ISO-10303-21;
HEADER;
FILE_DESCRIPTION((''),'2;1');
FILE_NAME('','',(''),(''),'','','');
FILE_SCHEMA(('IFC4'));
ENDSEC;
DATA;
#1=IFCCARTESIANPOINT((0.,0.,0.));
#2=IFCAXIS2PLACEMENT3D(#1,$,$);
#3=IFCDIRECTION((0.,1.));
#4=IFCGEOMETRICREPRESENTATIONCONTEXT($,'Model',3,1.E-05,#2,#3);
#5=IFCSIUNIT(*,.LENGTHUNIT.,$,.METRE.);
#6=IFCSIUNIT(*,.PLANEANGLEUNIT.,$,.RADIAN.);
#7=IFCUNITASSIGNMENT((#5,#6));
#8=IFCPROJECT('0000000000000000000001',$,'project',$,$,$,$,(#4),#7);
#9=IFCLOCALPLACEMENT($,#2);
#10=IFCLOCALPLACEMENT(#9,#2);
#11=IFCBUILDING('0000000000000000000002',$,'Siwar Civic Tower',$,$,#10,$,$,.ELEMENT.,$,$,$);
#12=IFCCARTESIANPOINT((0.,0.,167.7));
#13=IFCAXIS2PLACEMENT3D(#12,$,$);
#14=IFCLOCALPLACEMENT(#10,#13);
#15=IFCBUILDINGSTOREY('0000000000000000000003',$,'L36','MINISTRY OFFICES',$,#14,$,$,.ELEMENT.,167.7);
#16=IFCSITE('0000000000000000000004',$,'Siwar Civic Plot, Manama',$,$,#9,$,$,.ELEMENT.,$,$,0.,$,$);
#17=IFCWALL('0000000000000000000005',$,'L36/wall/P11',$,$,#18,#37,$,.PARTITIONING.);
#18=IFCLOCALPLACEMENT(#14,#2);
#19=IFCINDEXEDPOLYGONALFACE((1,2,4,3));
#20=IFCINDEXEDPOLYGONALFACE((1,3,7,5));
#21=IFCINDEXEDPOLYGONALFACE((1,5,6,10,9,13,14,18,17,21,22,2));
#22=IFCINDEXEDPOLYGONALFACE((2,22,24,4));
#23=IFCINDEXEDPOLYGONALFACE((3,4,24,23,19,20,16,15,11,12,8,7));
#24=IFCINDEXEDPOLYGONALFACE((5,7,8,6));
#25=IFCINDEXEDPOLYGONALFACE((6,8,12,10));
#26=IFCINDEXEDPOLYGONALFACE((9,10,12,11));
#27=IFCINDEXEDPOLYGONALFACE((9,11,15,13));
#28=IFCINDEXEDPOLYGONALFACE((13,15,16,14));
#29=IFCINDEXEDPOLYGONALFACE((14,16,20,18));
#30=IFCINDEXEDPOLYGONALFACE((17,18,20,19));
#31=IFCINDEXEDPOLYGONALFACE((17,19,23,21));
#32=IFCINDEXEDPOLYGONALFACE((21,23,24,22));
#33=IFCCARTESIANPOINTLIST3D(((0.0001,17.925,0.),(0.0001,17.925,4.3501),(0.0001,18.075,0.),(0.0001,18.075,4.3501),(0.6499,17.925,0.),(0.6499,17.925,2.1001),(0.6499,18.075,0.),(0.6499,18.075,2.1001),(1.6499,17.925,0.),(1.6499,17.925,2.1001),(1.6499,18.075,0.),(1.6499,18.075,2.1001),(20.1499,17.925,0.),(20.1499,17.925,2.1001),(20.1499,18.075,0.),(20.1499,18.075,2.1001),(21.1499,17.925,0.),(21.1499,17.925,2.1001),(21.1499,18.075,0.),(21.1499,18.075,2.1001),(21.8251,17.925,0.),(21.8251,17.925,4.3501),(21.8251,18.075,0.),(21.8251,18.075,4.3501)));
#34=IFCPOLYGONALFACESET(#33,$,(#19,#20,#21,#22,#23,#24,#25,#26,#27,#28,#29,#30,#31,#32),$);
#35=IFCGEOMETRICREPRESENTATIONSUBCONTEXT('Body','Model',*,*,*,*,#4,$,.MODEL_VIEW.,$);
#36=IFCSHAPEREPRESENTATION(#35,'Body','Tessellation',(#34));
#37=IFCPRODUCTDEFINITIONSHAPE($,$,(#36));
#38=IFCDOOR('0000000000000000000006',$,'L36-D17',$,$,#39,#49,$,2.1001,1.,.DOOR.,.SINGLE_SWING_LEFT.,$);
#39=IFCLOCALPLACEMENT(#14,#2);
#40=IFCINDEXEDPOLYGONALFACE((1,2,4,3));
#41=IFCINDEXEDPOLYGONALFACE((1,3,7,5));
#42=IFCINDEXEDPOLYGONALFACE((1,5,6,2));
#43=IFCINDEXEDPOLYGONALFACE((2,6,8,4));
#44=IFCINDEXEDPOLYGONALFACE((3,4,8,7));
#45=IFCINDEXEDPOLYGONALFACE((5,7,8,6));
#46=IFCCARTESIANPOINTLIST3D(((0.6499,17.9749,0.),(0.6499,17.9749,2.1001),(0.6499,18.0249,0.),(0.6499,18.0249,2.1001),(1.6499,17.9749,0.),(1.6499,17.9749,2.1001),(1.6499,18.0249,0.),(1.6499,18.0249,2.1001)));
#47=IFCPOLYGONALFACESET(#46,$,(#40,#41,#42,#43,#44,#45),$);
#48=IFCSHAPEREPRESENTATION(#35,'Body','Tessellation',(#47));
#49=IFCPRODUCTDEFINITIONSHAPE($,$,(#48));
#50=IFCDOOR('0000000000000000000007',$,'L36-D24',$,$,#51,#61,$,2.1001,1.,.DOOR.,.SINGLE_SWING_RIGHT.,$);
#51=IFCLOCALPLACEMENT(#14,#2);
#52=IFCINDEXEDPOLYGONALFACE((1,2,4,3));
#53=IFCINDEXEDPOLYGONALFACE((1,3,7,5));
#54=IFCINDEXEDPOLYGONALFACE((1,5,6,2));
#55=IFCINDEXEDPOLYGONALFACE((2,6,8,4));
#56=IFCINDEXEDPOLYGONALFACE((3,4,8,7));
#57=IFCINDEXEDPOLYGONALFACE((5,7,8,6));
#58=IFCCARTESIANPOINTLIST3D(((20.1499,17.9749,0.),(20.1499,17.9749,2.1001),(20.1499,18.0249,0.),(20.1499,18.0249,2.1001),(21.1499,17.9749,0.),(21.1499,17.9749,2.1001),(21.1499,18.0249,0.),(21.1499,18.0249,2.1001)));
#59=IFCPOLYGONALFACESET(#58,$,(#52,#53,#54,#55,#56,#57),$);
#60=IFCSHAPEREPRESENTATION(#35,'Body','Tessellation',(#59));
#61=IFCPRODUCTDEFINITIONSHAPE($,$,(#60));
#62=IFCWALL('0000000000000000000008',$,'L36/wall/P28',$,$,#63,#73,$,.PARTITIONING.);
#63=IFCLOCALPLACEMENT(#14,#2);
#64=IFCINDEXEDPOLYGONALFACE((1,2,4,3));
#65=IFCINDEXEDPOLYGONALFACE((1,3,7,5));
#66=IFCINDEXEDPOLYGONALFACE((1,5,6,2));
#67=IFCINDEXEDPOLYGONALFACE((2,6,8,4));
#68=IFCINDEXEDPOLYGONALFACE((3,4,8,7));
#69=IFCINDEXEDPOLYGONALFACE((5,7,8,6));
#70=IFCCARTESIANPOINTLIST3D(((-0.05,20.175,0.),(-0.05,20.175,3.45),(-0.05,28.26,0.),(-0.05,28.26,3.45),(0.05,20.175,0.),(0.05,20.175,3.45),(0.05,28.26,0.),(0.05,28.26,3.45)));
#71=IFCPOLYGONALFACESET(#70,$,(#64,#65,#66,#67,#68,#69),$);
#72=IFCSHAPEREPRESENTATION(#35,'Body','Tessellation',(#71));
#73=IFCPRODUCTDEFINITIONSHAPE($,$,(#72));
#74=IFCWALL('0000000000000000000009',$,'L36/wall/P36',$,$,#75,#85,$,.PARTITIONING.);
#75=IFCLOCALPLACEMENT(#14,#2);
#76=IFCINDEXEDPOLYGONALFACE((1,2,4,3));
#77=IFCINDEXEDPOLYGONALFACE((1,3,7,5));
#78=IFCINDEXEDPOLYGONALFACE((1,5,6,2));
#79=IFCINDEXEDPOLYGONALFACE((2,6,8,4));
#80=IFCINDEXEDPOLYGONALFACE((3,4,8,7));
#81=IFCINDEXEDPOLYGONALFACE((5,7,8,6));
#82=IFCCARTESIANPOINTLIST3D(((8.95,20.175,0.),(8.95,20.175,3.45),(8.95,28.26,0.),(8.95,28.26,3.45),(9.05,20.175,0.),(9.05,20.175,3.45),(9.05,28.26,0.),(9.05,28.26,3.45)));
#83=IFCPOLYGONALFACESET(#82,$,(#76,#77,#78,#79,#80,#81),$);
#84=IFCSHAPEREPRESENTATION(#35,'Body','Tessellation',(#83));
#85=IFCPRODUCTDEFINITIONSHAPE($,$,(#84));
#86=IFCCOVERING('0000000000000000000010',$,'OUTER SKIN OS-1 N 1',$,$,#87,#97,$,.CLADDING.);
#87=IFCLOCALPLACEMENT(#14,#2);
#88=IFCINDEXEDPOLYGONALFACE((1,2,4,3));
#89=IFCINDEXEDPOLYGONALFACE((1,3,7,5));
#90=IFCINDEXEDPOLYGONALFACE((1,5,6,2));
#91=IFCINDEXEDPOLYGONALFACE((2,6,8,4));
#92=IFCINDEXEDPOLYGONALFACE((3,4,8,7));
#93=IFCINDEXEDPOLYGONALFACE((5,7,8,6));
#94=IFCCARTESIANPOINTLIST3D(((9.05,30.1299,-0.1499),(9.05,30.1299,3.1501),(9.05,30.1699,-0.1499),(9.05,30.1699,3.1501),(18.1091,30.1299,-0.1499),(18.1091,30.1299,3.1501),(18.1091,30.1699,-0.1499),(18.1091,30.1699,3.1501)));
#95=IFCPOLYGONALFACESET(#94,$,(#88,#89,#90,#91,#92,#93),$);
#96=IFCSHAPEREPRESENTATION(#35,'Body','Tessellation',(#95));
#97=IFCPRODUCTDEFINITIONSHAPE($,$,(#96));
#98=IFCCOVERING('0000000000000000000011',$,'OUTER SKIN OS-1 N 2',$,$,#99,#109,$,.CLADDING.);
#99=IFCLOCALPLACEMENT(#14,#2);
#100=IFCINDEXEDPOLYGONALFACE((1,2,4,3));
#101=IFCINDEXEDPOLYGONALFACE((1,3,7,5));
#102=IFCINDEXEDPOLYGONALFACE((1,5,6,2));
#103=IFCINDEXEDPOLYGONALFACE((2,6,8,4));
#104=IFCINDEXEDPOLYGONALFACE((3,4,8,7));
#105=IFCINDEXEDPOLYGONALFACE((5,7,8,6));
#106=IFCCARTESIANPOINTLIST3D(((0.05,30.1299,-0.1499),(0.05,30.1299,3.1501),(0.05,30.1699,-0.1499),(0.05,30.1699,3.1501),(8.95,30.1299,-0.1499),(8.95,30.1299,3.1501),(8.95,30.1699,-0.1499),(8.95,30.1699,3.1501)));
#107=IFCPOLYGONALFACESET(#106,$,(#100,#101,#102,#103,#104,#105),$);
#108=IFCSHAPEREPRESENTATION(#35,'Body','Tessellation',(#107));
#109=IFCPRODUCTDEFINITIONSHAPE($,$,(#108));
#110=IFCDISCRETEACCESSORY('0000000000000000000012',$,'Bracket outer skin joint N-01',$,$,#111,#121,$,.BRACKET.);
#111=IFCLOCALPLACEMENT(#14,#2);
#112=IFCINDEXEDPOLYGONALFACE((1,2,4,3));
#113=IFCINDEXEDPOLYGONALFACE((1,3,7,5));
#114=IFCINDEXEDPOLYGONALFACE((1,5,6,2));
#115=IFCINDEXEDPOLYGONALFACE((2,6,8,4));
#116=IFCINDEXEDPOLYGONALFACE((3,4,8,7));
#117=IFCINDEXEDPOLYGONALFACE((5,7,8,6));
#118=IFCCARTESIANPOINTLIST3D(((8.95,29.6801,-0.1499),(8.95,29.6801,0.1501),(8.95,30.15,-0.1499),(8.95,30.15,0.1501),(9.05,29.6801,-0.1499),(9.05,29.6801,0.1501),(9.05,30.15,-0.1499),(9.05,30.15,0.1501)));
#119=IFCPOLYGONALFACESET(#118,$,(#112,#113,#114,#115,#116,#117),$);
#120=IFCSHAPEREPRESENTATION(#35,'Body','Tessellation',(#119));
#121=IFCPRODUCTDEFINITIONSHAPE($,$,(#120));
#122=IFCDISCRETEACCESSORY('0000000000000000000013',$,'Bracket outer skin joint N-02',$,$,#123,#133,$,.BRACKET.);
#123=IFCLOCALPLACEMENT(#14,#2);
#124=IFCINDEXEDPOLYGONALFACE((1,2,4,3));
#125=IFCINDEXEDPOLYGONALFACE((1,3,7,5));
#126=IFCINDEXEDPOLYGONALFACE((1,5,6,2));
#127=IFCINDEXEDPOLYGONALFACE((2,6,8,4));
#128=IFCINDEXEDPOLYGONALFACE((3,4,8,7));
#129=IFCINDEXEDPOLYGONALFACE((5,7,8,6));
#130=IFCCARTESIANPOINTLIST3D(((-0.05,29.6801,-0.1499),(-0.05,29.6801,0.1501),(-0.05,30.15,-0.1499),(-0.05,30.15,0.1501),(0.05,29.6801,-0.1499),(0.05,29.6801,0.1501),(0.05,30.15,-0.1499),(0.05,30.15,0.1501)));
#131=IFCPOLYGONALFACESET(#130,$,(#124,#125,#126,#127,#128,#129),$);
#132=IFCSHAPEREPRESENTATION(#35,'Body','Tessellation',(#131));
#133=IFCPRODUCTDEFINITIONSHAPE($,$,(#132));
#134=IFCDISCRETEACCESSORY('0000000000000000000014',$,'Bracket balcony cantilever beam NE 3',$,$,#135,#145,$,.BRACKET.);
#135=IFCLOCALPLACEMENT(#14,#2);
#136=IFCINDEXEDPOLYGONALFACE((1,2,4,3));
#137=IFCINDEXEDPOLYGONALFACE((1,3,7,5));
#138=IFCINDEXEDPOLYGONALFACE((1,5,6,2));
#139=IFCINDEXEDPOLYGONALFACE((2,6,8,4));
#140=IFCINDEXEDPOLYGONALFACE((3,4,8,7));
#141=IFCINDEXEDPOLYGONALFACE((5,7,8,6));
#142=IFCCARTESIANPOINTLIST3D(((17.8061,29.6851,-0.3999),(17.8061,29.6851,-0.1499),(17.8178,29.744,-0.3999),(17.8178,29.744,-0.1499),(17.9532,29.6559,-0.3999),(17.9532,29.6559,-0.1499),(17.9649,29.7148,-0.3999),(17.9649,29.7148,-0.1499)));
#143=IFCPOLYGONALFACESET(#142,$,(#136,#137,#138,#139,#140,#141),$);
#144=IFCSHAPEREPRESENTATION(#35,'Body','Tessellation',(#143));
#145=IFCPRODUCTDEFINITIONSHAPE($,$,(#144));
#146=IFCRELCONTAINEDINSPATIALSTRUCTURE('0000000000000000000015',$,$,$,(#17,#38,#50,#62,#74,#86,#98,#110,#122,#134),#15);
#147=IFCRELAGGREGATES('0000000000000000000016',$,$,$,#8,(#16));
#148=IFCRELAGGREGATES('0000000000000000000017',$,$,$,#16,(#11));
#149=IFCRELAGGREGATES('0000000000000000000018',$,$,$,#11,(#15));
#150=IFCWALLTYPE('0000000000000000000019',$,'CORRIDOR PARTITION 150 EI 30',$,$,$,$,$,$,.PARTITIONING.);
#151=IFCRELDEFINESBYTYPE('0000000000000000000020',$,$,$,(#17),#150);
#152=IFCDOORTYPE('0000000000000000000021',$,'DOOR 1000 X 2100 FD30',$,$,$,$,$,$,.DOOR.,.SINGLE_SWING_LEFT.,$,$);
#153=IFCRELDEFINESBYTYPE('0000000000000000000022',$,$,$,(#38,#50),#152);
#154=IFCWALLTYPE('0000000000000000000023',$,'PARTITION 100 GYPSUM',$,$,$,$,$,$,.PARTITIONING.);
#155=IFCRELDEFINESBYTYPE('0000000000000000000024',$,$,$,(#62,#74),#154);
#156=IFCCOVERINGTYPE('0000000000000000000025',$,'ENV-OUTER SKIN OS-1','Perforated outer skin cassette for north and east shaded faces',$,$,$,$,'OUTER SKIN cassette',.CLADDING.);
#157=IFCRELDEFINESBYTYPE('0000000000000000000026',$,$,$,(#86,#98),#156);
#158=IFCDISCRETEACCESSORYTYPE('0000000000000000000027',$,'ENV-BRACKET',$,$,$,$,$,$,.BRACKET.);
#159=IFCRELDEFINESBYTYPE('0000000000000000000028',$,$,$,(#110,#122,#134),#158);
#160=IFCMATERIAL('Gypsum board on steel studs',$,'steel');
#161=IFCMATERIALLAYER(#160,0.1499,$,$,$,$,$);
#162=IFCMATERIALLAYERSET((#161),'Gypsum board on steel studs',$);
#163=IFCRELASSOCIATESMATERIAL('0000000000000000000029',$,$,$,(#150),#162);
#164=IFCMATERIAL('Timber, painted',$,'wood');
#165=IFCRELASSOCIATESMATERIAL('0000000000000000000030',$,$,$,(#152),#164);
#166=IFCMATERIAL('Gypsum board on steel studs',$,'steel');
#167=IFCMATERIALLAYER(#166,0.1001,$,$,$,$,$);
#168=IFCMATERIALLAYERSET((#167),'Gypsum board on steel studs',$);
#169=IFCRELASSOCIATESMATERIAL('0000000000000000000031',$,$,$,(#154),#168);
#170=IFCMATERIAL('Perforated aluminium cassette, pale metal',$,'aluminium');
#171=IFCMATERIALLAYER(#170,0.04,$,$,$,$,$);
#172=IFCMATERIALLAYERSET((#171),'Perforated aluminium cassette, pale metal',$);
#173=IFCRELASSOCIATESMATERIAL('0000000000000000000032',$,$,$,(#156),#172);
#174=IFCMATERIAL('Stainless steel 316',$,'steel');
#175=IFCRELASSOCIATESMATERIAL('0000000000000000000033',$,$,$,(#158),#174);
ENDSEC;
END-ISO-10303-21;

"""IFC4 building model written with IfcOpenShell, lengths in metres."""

from ifc_helpers import new_model, si_unit, direction, frame, frame_2d, origin, origin_2d, place, context, subcontext, project, spatial, rectangle, extrude, material, layer, layer_set, type_object, element, fill, save


model = new_model("IFC4")

# Units and contexts
model_context = context("Model", 3, precision=1e-05, world=origin(), true_north=direction((0.0, 1.0)))
body_context = subcontext(model_context, "Body", "Model", "MODEL_VIEW")
ifc_project = project(units=[si_unit("LENGTHUNIT", "METRE"), si_unit("PLANEANGLEUNIT", "RADIAN")], contexts=[model_context])

# Site, building, storey
site_placement = place(None, origin())
site = spatial("IfcSite", under=ifc_project, at=site_placement, Name="Siwar Civic Plot, Manama", CompositionType="ELEMENT", RefElevation=0.0)
building_placement = place(site_placement, origin())
building = spatial("IfcBuilding", under=site, at=building_placement, Name="Siwar Civic Tower", CompositionType="ELEMENT")
storey_placement = place(building_placement, frame((0.0, 0.0, 167.7)))
storey = spatial("IfcBuildingStorey", under=building, at=storey_placement, Name="L36", Description="MINISTRY OFFICES", CompositionType="ELEMENT", Elevation=167.7)

# Wall, openings, doors
ifc_material_1 = material(Name="Gypsum board on steel studs", Category="steel")
ifc_layer_1 = layer(ifc_material_1, 0.1499)
ifc_layer_set_1 = layer_set([ifc_layer_1], Name="Gypsum board on steel studs")
wall_type_1 = type_object("IfcWallType", Name="CORRIDOR PARTITION 150 EI 30", PredefinedType="PARTITIONING", material=ifc_layer_set_1)
wall_placement = place(storey_placement, frame((0.0, 18.0, 0.0), z_axis=(0.0, 0.0, 1.0), x_axis=(1.0, 0.0, 0.0)))
wall = element("IfcWall", 1, at=wall_placement, inside=storey, type_object=wall_type_1, Name="L36/wall/P11", PredefinedType="PARTITIONING", context=body_context, shape_type="SweptSolid", body=[
    extrude(rectangle(XDim=21.825, YDim=0.1499, at=frame_2d((10.9126, 0.0))), origin(), (0.0, 0.0, 1.0), 4.3501),
])
opening_1_placement = place(wall_placement, frame((0.6499, 0.0, 0.0)))
opening_1 = element("IfcOpeningElement", 2, at=opening_1_placement, cuts=wall, PredefinedType="OPENING", context=body_context, shape_type="SweptSolid", body=[
    extrude(rectangle(XDim=1.0, YDim=2.1001, at=frame_2d((0.5, 1.05))), frame((0.0, 0.085, 0.0), z_axis=(0.0, -1.0, 0.0), x_axis=(1.0, 0.0, 0.0)), (0.0, 0.0, 1.0), 0.1699),
])
opening_2_placement = place(wall_placement, frame((20.1499, 0.0, 0.0)))
opening_2 = element("IfcOpeningElement", 3, at=opening_2_placement, cuts=wall, PredefinedType="OPENING", context=body_context, shape_type="SweptSolid", body=[
    extrude(rectangle(XDim=1.0, YDim=2.1001, at=frame_2d((0.5, 1.05))), frame((0.0, 0.085, 0.0), z_axis=(0.0, -1.0, 0.0), x_axis=(1.0, 0.0, 0.0)), (0.0, 0.0, 1.0), 0.1699),
])
ifc_material_2 = material(Name="Timber, painted", Category="wood")
door_type = type_object("IfcDoorType", Name="DOOR 1000 X 2100 FD30", OperationType="SINGLE_SWING_LEFT", PredefinedType="DOOR", material=ifc_material_2)
door_1_placement = place(opening_1_placement, origin())
door_1 = element("IfcDoor", 4, at=door_1_placement, inside=storey, type_object=door_type, Name="L36-D17", OperationType="SINGLE_SWING_LEFT", OverallHeight=2.1001, OverallWidth=1.0, PredefinedType="DOOR", context=body_context, shape_type="SweptSolid", body=[
    extrude(rectangle(XDim=1.0, YDim=2.1001, at=frame_2d((0.5, 1.05))), frame((0.0, 0.0249, 0.0), z_axis=(0.0, -1.0, 0.0), x_axis=(1.0, 0.0, 0.0)), (0.0, 0.0, 1.0), 0.05),
])
fill(opening_1, door_1)
door_2_placement = place(opening_2_placement, origin())
door_2 = element("IfcDoor", 5, at=door_2_placement, inside=storey, type_object=door_type, Name="L36-D24", OperationType="SINGLE_SWING_RIGHT", OverallHeight=2.1001, OverallWidth=1.0, PredefinedType="DOOR", context=body_context, shape_type="SweptSolid", body=[
    extrude(rectangle(XDim=1.0, YDim=2.1001, at=frame_2d((0.5, 1.05))), frame((0.0, 0.0249, 0.0), z_axis=(0.0, -1.0, 0.0), x_axis=(1.0, 0.0, 0.0)), (0.0, 0.0, 1.0), 0.05),
])
fill(opening_2, door_2)

# Walls
ifc_material_3 = material(Name="Gypsum board on steel studs", Category="steel")
ifc_layer_2 = layer(ifc_material_3, 0.1001)
ifc_layer_set_2 = layer_set([ifc_layer_2], Name="Gypsum board on steel studs")
wall_type_2 = type_object("IfcWallType", Name="PARTITION 100 GYPSUM", PredefinedType="PARTITIONING", material=ifc_layer_set_2)
for number, where, z_axis, x_axis, name in (
    (6, (0.0, 20.175, 0.0), (0.0, 0.0, 1.0), (0.0, 1.0, 0.0), "L36/wall/P28"),
    (7, (9.0, 20.175, 0.0), (0.0, 0.0, 1.0), (0.0, 1.0, 0.0), "L36/wall/P36"),
):
    element("IfcWall", number, at=place(storey_placement, frame(where, z_axis=z_axis, x_axis=x_axis)), inside=storey, type_object=wall_type_2, Name=name, PredefinedType="PARTITIONING", context=body_context, shape_type="SweptSolid", body=[
        extrude(rectangle(XDim=8.085, YDim=0.1001, at=frame_2d((4.0425, 0.0))), origin(), (0.0, 0.0, 1.0), 3.45),
    ])

# Coverings
ifc_material_4 = material(Name="Perforated aluminium cassette, pale metal", Category="aluminium")
ifc_layer_3 = layer(ifc_material_4, 0.04)
ifc_layer_set_3 = layer_set([ifc_layer_3], Name="Perforated aluminium cassette, pale metal")
covering_type = type_object("IfcCoveringType", Name="ENV-OUTER SKIN OS-1", Description="Perforated outer skin cassette for north and east shaded faces", ElementType="OUTER SKIN cassette", PredefinedType="CLADDING", material=ifc_layer_set_3)
covering_1_placement = place(storey_placement, frame((13.5796, 30.1499, -0.1499), z_axis=(0.0, 0.0, 1.0), x_axis=(-1.0, 0.0, 0.0)))
element("IfcCovering", 8, at=covering_1_placement, inside=storey, type_object=covering_type, Name="OUTER SKIN OS-1 N 1", PredefinedType="CLADDING", context=body_context, shape_type="SweptSolid", body=[
    extrude(rectangle(XDim=9.0591, YDim=0.04, at=origin_2d()), origin(), (0.0, 0.0, 1.0), 3.3),
])
covering_2_placement = place(storey_placement, frame((4.5, 30.1499, -0.1499), z_axis=(0.0, 0.0, 1.0), x_axis=(-1.0, 0.0, 0.0)))
element("IfcCovering", 9, at=covering_2_placement, inside=storey, type_object=covering_type, Name="OUTER SKIN OS-1 N 2", PredefinedType="CLADDING", context=body_context, shape_type="SweptSolid", body=[
    extrude(rectangle(XDim=8.8999, YDim=0.04, at=origin_2d()), origin(), (0.0, 0.0, 1.0), 3.3),
])

# Discrete accessories
ifc_material_5 = material(Name="Stainless steel 316", Category="steel")
discrete_accessory_type = type_object("IfcDiscreteAccessoryType", Name="ENV-BRACKET", PredefinedType="BRACKET", material=ifc_material_5)
for number, where, z_axis, x_axis, name in (
    (10, (9.0, 29.915, -0.1499), (0.0, 0.0, 1.0), (0.0, 1.0, 0.0), "Bracket outer skin joint N-01"),
    (11, (0.0, 29.915, -0.1499), (0.0, 0.0, 1.0), (0.0, 1.0, 0.0), "Bracket outer skin joint N-02"),
):
    element("IfcDiscreteAccessory", number, at=place(storey_placement, frame(where, z_axis=z_axis, x_axis=x_axis)), inside=storey, type_object=discrete_accessory_type, Name=name, PredefinedType="BRACKET", context=body_context, shape_type="SweptSolid", body=[
        extrude(rectangle(XDim=0.47, YDim=0.1001, at=origin_2d()), origin(), (0.0, 0.0, 1.0), 0.3),
    ])
discrete_accessory_placement = place(storey_placement, frame((17.8855, 29.7, -0.3999), z_axis=(0.0, 0.0, 1.0), x_axis=(0.19509, 0.980785, 0.0)))
element("IfcDiscreteAccessory", 12, at=discrete_accessory_placement, inside=storey, type_object=discrete_accessory_type, Name="Bracket balcony cantilever beam NE 3", PredefinedType="BRACKET", context=body_context, shape_type="SweptSolid", body=[
    extrude(rectangle(XDim=0.0601, YDim=0.1499, at=origin_2d()), origin(), (0.0, 0.0, 1.0), 0.25),
])

save(model, "model.ifc")
